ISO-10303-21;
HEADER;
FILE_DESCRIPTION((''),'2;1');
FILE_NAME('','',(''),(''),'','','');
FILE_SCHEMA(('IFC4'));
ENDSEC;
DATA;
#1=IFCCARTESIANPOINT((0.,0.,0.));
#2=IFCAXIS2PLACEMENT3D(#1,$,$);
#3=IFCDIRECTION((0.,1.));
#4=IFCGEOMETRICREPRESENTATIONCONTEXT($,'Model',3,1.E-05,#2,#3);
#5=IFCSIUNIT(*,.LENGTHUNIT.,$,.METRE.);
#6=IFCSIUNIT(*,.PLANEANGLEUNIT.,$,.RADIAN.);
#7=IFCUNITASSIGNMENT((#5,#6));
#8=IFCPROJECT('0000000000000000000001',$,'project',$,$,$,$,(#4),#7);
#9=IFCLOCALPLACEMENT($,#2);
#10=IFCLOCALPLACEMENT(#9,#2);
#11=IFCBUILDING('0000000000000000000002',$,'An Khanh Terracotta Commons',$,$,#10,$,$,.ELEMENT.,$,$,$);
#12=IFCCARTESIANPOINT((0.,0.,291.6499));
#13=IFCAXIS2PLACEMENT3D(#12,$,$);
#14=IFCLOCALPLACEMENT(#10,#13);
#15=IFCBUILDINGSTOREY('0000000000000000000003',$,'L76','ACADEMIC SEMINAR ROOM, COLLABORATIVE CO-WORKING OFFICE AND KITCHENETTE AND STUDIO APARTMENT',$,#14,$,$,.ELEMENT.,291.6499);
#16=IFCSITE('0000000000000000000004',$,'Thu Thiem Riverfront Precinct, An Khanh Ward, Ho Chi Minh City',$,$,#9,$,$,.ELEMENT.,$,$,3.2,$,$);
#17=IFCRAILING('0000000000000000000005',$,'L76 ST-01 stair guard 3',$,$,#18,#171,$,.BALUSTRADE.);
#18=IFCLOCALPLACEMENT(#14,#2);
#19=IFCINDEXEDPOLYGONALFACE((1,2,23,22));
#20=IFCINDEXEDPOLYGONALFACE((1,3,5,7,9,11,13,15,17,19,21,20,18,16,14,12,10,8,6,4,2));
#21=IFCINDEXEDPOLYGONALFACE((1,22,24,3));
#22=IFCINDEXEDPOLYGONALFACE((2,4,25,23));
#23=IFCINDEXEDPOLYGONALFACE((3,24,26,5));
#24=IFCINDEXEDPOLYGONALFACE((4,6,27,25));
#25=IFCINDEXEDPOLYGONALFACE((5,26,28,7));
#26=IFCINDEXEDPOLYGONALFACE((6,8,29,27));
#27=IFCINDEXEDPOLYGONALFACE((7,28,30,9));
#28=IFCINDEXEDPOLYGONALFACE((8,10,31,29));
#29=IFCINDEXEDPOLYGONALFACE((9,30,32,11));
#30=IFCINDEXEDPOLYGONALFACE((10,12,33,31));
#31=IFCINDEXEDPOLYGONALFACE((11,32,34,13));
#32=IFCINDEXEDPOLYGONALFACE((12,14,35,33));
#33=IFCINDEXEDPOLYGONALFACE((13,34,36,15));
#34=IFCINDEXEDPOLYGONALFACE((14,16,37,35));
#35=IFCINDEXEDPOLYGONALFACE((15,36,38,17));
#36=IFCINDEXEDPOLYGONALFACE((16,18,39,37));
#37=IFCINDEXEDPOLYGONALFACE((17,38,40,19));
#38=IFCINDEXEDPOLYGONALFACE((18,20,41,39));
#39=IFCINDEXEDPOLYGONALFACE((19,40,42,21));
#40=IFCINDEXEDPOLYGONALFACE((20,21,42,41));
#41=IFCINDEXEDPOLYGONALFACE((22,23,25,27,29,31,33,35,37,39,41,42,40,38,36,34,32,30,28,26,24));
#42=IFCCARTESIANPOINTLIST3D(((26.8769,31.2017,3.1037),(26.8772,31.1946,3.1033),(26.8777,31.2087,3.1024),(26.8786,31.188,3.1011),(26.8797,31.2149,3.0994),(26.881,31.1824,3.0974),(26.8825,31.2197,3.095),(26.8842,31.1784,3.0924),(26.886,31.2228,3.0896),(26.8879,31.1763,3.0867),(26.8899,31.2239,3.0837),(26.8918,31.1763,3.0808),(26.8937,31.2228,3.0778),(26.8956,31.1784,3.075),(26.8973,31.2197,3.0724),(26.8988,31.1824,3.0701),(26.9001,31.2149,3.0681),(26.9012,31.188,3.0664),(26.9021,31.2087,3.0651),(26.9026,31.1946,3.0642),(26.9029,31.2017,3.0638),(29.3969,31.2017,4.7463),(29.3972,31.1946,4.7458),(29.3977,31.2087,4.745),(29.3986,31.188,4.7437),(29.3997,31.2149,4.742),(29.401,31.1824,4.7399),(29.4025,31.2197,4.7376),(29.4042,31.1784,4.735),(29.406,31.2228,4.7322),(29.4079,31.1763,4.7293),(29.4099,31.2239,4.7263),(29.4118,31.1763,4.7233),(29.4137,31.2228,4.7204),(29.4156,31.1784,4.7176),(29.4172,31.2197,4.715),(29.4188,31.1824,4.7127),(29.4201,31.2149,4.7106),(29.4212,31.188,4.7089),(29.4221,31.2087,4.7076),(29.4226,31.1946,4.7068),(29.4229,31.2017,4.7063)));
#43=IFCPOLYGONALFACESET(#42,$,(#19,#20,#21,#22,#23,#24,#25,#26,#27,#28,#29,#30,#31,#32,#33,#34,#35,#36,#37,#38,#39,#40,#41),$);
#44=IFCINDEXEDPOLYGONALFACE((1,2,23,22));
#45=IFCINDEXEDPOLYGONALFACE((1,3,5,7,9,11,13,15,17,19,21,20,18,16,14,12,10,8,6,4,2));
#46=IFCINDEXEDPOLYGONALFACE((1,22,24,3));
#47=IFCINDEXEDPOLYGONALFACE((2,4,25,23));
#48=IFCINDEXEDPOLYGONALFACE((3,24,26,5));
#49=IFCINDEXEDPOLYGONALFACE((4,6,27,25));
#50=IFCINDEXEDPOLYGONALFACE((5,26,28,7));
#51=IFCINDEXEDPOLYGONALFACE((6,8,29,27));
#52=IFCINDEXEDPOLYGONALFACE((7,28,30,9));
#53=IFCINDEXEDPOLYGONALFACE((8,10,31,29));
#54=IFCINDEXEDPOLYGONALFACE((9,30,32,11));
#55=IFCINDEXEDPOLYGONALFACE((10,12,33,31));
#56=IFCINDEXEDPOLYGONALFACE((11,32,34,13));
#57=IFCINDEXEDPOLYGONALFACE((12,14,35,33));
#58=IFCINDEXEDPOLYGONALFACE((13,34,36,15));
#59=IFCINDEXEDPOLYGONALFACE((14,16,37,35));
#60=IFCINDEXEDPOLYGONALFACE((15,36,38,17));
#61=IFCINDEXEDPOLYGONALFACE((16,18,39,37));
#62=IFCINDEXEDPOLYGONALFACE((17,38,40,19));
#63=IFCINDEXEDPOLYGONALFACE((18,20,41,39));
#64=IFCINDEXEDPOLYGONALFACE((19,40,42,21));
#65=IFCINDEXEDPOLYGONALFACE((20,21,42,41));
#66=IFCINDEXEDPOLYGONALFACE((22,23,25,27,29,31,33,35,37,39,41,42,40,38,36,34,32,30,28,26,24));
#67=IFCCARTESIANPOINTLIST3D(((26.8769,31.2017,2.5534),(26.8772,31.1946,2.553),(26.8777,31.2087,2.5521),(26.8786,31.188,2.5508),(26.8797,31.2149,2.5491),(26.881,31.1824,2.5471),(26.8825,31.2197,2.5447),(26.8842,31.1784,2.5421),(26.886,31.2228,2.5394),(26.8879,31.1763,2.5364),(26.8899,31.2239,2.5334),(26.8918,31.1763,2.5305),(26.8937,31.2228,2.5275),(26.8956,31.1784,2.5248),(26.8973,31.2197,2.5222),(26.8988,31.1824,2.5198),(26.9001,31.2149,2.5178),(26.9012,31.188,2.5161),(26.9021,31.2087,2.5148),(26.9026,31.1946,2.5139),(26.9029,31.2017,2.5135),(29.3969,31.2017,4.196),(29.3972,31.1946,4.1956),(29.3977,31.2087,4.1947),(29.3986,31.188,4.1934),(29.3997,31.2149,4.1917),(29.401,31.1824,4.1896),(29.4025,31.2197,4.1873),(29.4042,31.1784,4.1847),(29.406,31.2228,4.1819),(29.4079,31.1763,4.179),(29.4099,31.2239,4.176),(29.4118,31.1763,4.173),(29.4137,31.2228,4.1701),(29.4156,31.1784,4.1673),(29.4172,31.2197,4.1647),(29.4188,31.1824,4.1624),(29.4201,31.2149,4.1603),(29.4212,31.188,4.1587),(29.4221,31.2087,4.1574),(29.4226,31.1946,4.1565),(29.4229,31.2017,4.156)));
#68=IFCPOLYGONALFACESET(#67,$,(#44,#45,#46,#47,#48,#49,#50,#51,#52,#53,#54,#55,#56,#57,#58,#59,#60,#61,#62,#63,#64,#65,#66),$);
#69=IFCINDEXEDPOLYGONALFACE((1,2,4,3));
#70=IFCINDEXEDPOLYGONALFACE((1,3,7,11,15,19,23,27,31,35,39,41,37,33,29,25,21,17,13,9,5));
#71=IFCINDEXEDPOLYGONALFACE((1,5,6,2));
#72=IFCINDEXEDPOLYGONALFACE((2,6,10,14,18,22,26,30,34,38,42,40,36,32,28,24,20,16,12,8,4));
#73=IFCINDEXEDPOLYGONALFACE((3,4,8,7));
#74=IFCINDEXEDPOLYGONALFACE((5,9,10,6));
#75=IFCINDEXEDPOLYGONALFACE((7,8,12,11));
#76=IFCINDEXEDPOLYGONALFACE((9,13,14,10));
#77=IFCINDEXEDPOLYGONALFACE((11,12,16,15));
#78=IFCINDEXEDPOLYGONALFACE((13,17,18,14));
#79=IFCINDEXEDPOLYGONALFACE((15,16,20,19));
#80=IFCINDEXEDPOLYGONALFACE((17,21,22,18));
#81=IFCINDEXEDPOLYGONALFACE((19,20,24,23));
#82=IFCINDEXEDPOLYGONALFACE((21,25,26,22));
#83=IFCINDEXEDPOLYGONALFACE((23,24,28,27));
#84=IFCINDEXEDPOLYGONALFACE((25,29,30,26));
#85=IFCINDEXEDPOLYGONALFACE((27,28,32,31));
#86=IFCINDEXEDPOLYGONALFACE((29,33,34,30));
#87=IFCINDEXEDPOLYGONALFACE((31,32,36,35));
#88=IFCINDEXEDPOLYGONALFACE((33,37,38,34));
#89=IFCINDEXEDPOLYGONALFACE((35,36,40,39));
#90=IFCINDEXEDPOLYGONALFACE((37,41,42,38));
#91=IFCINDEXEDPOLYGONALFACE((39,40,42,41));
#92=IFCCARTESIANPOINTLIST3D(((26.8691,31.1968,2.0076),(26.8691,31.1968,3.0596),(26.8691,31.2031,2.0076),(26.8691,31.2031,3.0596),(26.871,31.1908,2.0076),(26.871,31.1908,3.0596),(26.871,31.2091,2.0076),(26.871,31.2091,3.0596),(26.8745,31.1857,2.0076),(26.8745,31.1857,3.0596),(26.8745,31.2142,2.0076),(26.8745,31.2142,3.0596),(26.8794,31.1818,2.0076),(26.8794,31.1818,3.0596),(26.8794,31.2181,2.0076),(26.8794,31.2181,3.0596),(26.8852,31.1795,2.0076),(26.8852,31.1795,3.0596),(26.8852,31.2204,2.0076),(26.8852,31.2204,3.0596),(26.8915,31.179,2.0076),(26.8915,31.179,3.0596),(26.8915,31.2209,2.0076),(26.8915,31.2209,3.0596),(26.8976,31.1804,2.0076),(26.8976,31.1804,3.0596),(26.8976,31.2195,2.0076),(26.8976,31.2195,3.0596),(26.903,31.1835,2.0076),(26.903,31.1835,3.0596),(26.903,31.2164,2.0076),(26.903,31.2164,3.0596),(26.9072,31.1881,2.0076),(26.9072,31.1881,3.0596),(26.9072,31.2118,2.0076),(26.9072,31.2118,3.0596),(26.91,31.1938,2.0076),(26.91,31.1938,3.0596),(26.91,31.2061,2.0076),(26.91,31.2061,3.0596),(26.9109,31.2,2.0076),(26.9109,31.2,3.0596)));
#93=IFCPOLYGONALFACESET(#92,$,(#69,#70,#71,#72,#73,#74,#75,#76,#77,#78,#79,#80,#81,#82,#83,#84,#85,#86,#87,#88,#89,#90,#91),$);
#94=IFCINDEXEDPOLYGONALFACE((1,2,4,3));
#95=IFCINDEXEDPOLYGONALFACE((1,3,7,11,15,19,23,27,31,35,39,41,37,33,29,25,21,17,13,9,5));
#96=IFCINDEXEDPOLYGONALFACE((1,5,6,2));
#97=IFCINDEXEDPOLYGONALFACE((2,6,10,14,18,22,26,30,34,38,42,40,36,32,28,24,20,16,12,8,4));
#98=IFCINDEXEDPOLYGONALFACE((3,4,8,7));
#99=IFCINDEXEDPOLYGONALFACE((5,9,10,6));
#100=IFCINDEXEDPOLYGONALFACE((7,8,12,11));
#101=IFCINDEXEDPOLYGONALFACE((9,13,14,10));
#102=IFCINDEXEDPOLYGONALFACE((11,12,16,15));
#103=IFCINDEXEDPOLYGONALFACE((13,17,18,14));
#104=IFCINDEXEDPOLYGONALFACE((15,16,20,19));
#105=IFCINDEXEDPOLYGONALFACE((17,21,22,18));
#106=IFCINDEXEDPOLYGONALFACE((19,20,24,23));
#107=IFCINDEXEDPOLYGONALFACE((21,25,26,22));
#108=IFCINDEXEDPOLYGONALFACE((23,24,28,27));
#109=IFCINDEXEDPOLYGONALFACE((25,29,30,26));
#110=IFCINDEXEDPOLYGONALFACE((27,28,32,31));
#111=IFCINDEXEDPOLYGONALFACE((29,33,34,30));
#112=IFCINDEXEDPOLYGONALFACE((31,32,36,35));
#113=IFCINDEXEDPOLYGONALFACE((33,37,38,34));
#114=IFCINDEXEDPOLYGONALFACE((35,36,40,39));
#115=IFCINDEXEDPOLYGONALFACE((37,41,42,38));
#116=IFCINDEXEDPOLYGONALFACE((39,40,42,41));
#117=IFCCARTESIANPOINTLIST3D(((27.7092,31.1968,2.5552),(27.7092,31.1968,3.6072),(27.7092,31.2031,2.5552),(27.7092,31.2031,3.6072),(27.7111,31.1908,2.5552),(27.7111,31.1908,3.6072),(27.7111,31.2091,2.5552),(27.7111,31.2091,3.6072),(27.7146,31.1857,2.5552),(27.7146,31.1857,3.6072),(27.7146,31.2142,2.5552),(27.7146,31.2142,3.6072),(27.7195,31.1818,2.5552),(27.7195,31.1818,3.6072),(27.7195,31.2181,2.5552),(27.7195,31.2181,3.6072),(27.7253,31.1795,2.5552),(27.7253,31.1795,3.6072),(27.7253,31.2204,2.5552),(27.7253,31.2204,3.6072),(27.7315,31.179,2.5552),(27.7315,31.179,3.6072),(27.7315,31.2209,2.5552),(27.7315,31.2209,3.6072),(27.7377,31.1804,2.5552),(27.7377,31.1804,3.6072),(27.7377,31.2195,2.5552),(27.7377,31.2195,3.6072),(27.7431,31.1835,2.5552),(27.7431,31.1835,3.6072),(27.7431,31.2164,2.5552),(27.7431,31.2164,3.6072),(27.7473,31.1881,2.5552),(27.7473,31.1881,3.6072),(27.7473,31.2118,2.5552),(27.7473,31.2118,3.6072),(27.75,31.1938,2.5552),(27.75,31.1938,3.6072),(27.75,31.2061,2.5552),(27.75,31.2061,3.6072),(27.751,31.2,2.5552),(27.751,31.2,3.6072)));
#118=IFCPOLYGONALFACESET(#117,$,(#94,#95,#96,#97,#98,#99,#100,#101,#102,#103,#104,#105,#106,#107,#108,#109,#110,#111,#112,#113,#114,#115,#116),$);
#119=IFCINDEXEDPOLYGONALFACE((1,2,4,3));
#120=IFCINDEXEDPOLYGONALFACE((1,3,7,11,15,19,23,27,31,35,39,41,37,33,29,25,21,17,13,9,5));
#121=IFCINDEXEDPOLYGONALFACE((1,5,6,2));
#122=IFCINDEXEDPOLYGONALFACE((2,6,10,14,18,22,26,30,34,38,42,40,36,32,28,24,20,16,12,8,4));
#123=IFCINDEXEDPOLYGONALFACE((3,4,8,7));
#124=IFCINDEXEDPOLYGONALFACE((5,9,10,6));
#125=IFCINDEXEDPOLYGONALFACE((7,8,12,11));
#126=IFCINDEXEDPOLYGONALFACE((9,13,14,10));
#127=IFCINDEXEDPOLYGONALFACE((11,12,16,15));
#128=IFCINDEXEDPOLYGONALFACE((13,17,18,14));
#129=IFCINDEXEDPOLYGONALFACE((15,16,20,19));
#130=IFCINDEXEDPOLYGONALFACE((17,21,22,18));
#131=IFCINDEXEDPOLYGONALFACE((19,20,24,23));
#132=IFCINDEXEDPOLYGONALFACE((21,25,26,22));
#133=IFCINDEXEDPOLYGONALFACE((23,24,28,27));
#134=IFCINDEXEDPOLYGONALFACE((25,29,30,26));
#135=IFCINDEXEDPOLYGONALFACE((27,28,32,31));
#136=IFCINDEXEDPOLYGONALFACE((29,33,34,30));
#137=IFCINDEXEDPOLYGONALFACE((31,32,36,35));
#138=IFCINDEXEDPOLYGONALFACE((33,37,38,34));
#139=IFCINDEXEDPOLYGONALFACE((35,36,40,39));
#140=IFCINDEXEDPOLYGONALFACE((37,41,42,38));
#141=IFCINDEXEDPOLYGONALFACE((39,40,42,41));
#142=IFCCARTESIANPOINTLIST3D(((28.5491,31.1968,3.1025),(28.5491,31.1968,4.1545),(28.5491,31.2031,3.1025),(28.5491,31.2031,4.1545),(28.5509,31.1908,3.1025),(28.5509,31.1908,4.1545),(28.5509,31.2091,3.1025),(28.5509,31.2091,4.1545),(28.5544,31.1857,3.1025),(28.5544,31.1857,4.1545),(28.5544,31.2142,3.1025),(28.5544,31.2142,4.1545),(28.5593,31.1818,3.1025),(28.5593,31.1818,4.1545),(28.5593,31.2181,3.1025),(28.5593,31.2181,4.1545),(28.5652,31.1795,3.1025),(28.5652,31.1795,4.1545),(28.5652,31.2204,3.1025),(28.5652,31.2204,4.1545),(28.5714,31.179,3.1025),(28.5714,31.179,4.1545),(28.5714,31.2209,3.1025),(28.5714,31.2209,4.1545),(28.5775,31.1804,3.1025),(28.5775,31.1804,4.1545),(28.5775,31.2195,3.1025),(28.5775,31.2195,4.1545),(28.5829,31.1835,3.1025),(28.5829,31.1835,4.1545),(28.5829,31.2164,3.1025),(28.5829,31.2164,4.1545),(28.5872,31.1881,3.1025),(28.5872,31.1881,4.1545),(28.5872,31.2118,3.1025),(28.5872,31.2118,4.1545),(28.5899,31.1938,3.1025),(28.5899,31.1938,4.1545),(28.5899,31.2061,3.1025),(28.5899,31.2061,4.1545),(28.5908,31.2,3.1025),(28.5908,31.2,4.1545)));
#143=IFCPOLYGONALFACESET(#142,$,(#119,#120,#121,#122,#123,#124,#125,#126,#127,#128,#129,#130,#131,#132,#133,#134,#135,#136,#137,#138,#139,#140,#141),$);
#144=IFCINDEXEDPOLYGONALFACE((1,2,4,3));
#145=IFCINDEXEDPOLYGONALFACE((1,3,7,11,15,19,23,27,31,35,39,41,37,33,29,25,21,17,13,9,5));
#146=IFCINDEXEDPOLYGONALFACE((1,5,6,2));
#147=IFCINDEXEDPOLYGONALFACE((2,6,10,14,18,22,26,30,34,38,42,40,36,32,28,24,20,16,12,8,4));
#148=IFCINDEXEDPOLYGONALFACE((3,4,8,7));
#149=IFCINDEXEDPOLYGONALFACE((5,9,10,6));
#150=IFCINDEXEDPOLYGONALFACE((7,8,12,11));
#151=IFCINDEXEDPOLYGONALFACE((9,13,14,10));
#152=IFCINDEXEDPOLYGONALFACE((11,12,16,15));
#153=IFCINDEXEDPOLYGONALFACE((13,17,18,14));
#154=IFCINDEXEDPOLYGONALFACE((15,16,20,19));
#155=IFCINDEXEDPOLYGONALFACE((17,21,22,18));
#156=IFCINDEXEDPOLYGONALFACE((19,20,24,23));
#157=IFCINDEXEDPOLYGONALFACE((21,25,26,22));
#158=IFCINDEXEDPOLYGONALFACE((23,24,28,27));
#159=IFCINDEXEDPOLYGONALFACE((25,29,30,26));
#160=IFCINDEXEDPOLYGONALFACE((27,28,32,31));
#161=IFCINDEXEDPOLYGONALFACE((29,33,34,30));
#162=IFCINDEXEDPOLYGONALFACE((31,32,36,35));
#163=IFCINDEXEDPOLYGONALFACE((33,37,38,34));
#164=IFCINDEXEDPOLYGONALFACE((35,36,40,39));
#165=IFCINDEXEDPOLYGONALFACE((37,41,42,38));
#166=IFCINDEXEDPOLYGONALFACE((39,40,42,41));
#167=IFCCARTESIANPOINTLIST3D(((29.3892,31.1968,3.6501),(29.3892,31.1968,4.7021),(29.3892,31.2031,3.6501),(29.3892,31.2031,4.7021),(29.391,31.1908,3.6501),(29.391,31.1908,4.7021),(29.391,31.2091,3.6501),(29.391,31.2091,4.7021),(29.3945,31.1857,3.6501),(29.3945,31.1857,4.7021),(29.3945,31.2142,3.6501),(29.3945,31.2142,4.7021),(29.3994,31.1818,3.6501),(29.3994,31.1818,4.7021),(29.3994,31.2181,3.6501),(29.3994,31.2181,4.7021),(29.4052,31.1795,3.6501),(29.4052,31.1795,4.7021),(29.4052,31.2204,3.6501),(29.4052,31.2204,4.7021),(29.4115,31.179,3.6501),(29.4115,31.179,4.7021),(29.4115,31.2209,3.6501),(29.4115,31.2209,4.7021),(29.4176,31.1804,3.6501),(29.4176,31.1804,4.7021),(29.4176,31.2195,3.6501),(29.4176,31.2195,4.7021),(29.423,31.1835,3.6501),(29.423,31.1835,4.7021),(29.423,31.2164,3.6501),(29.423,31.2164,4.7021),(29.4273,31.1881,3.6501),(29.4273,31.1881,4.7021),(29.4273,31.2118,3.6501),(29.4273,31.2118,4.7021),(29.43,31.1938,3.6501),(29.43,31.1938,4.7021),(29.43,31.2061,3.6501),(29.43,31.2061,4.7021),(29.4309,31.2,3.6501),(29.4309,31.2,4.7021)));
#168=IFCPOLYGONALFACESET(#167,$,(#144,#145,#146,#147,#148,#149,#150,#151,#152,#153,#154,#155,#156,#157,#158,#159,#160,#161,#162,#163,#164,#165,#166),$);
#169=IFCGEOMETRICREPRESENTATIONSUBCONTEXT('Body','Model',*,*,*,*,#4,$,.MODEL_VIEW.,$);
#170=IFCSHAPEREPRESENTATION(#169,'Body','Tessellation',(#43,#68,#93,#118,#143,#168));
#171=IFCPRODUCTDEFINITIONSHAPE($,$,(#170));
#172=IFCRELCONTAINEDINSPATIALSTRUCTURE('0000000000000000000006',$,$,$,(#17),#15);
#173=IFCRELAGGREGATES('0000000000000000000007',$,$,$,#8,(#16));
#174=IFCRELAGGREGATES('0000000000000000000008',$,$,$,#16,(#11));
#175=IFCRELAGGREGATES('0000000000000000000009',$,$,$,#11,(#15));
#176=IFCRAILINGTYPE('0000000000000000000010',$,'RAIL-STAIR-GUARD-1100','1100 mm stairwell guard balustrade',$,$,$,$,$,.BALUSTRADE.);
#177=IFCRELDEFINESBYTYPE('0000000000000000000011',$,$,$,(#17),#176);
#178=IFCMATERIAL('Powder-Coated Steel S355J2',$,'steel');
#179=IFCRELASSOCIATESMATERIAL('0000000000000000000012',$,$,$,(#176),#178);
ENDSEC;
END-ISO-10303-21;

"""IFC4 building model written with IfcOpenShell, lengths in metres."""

from ifc_helpers import new_model, si_unit, direction, frame, origin, origin_2d, place, context, subcontext, project, spatial, circle, extrude, material, type_object, element, save


model = new_model("IFC4")

# Units and contexts
model_context = context("Model", 3, precision=1e-05, world=origin(), true_north=direction((0.0, 1.0)))
body_context = subcontext(model_context, "Body", "Model", "MODEL_VIEW")
ifc_project = project(units=[si_unit("LENGTHUNIT", "METRE"), si_unit("PLANEANGLEUNIT", "RADIAN")], contexts=[model_context])

# Site, building, storey
site_placement = place(None, origin())
site = spatial("IfcSite", under=ifc_project, at=site_placement, Name="Thu Thiem Riverfront Precinct, An Khanh Ward, Ho Chi Minh City", CompositionType="ELEMENT", RefElevation=3.2)
building_placement = place(site_placement, origin())
building = spatial("IfcBuilding", under=site, at=building_placement, Name="An Khanh Terracotta Commons", CompositionType="ELEMENT")
storey_placement = place(building_placement, frame((0.0, 0.0, 291.6499)))
storey = spatial("IfcBuildingStorey", under=building, at=storey_placement, Name="L76", Description="ACADEMIC SEMINAR ROOM, COLLABORATIVE CO-WORKING OFFICE AND KITCHENETTE AND STUDIO APARTMENT", CompositionType="ELEMENT", Elevation=291.6499)

# Railing
ifc_material_1 = material(Name="Powder-Coated Steel S355J2", Category="steel")
railing_type_1 = type_object("IfcRailingType", Name="RAIL-STAIR-GUARD-1100", Description="1100 mm stairwell guard balustrade", PredefinedType="BALUSTRADE", material=ifc_material_1)
railing_1_placement = place(storey_placement, frame((26.8899, 31.2, 2.0076)))
element("IfcRailing", 1, at=railing_1_placement, inside=storey, type_object=railing_type_1, Name="L76 ST-01 stair guard 3", PredefinedType="BALUSTRADE", context=body_context, shape_type="SweptSolid", body=[
    extrude(circle(Radius=0.0239, at=origin_2d()), frame((0.0, 0.0, 1.0762), z_axis=(0.837749, 0.0, 0.546055), x_axis=(0.0, 1.0, 0.0)), (0.0, 0.0, 1.0), 3.0081),
    extrude(circle(Radius=0.0239, at=origin_2d()), frame((0.0, 0.0, 0.5259), z_axis=(0.837749, 0.0, 0.546055), x_axis=(0.0, 1.0, 0.0)), (0.0, 0.0, 1.0), 3.0081),
    extrude(circle(Radius=0.021, at=origin_2d()), origin(), (0.0, 0.0, 1.0), 1.052),
    extrude(circle(Radius=0.021, at=origin_2d()), frame((0.8401, 0.0, 0.5476)), (0.0, 0.0, 1.0), 1.052),
    extrude(circle(Radius=0.021, at=origin_2d()), frame((1.6799, 0.0, 1.095)), (0.0, 0.0, 1.0), 1.052),
    extrude(circle(Radius=0.021, at=origin_2d()), frame((2.52, 0.0, 1.6426)), (0.0, 0.0, 1.0), 1.052),
])

save(model, "model.ifc")
